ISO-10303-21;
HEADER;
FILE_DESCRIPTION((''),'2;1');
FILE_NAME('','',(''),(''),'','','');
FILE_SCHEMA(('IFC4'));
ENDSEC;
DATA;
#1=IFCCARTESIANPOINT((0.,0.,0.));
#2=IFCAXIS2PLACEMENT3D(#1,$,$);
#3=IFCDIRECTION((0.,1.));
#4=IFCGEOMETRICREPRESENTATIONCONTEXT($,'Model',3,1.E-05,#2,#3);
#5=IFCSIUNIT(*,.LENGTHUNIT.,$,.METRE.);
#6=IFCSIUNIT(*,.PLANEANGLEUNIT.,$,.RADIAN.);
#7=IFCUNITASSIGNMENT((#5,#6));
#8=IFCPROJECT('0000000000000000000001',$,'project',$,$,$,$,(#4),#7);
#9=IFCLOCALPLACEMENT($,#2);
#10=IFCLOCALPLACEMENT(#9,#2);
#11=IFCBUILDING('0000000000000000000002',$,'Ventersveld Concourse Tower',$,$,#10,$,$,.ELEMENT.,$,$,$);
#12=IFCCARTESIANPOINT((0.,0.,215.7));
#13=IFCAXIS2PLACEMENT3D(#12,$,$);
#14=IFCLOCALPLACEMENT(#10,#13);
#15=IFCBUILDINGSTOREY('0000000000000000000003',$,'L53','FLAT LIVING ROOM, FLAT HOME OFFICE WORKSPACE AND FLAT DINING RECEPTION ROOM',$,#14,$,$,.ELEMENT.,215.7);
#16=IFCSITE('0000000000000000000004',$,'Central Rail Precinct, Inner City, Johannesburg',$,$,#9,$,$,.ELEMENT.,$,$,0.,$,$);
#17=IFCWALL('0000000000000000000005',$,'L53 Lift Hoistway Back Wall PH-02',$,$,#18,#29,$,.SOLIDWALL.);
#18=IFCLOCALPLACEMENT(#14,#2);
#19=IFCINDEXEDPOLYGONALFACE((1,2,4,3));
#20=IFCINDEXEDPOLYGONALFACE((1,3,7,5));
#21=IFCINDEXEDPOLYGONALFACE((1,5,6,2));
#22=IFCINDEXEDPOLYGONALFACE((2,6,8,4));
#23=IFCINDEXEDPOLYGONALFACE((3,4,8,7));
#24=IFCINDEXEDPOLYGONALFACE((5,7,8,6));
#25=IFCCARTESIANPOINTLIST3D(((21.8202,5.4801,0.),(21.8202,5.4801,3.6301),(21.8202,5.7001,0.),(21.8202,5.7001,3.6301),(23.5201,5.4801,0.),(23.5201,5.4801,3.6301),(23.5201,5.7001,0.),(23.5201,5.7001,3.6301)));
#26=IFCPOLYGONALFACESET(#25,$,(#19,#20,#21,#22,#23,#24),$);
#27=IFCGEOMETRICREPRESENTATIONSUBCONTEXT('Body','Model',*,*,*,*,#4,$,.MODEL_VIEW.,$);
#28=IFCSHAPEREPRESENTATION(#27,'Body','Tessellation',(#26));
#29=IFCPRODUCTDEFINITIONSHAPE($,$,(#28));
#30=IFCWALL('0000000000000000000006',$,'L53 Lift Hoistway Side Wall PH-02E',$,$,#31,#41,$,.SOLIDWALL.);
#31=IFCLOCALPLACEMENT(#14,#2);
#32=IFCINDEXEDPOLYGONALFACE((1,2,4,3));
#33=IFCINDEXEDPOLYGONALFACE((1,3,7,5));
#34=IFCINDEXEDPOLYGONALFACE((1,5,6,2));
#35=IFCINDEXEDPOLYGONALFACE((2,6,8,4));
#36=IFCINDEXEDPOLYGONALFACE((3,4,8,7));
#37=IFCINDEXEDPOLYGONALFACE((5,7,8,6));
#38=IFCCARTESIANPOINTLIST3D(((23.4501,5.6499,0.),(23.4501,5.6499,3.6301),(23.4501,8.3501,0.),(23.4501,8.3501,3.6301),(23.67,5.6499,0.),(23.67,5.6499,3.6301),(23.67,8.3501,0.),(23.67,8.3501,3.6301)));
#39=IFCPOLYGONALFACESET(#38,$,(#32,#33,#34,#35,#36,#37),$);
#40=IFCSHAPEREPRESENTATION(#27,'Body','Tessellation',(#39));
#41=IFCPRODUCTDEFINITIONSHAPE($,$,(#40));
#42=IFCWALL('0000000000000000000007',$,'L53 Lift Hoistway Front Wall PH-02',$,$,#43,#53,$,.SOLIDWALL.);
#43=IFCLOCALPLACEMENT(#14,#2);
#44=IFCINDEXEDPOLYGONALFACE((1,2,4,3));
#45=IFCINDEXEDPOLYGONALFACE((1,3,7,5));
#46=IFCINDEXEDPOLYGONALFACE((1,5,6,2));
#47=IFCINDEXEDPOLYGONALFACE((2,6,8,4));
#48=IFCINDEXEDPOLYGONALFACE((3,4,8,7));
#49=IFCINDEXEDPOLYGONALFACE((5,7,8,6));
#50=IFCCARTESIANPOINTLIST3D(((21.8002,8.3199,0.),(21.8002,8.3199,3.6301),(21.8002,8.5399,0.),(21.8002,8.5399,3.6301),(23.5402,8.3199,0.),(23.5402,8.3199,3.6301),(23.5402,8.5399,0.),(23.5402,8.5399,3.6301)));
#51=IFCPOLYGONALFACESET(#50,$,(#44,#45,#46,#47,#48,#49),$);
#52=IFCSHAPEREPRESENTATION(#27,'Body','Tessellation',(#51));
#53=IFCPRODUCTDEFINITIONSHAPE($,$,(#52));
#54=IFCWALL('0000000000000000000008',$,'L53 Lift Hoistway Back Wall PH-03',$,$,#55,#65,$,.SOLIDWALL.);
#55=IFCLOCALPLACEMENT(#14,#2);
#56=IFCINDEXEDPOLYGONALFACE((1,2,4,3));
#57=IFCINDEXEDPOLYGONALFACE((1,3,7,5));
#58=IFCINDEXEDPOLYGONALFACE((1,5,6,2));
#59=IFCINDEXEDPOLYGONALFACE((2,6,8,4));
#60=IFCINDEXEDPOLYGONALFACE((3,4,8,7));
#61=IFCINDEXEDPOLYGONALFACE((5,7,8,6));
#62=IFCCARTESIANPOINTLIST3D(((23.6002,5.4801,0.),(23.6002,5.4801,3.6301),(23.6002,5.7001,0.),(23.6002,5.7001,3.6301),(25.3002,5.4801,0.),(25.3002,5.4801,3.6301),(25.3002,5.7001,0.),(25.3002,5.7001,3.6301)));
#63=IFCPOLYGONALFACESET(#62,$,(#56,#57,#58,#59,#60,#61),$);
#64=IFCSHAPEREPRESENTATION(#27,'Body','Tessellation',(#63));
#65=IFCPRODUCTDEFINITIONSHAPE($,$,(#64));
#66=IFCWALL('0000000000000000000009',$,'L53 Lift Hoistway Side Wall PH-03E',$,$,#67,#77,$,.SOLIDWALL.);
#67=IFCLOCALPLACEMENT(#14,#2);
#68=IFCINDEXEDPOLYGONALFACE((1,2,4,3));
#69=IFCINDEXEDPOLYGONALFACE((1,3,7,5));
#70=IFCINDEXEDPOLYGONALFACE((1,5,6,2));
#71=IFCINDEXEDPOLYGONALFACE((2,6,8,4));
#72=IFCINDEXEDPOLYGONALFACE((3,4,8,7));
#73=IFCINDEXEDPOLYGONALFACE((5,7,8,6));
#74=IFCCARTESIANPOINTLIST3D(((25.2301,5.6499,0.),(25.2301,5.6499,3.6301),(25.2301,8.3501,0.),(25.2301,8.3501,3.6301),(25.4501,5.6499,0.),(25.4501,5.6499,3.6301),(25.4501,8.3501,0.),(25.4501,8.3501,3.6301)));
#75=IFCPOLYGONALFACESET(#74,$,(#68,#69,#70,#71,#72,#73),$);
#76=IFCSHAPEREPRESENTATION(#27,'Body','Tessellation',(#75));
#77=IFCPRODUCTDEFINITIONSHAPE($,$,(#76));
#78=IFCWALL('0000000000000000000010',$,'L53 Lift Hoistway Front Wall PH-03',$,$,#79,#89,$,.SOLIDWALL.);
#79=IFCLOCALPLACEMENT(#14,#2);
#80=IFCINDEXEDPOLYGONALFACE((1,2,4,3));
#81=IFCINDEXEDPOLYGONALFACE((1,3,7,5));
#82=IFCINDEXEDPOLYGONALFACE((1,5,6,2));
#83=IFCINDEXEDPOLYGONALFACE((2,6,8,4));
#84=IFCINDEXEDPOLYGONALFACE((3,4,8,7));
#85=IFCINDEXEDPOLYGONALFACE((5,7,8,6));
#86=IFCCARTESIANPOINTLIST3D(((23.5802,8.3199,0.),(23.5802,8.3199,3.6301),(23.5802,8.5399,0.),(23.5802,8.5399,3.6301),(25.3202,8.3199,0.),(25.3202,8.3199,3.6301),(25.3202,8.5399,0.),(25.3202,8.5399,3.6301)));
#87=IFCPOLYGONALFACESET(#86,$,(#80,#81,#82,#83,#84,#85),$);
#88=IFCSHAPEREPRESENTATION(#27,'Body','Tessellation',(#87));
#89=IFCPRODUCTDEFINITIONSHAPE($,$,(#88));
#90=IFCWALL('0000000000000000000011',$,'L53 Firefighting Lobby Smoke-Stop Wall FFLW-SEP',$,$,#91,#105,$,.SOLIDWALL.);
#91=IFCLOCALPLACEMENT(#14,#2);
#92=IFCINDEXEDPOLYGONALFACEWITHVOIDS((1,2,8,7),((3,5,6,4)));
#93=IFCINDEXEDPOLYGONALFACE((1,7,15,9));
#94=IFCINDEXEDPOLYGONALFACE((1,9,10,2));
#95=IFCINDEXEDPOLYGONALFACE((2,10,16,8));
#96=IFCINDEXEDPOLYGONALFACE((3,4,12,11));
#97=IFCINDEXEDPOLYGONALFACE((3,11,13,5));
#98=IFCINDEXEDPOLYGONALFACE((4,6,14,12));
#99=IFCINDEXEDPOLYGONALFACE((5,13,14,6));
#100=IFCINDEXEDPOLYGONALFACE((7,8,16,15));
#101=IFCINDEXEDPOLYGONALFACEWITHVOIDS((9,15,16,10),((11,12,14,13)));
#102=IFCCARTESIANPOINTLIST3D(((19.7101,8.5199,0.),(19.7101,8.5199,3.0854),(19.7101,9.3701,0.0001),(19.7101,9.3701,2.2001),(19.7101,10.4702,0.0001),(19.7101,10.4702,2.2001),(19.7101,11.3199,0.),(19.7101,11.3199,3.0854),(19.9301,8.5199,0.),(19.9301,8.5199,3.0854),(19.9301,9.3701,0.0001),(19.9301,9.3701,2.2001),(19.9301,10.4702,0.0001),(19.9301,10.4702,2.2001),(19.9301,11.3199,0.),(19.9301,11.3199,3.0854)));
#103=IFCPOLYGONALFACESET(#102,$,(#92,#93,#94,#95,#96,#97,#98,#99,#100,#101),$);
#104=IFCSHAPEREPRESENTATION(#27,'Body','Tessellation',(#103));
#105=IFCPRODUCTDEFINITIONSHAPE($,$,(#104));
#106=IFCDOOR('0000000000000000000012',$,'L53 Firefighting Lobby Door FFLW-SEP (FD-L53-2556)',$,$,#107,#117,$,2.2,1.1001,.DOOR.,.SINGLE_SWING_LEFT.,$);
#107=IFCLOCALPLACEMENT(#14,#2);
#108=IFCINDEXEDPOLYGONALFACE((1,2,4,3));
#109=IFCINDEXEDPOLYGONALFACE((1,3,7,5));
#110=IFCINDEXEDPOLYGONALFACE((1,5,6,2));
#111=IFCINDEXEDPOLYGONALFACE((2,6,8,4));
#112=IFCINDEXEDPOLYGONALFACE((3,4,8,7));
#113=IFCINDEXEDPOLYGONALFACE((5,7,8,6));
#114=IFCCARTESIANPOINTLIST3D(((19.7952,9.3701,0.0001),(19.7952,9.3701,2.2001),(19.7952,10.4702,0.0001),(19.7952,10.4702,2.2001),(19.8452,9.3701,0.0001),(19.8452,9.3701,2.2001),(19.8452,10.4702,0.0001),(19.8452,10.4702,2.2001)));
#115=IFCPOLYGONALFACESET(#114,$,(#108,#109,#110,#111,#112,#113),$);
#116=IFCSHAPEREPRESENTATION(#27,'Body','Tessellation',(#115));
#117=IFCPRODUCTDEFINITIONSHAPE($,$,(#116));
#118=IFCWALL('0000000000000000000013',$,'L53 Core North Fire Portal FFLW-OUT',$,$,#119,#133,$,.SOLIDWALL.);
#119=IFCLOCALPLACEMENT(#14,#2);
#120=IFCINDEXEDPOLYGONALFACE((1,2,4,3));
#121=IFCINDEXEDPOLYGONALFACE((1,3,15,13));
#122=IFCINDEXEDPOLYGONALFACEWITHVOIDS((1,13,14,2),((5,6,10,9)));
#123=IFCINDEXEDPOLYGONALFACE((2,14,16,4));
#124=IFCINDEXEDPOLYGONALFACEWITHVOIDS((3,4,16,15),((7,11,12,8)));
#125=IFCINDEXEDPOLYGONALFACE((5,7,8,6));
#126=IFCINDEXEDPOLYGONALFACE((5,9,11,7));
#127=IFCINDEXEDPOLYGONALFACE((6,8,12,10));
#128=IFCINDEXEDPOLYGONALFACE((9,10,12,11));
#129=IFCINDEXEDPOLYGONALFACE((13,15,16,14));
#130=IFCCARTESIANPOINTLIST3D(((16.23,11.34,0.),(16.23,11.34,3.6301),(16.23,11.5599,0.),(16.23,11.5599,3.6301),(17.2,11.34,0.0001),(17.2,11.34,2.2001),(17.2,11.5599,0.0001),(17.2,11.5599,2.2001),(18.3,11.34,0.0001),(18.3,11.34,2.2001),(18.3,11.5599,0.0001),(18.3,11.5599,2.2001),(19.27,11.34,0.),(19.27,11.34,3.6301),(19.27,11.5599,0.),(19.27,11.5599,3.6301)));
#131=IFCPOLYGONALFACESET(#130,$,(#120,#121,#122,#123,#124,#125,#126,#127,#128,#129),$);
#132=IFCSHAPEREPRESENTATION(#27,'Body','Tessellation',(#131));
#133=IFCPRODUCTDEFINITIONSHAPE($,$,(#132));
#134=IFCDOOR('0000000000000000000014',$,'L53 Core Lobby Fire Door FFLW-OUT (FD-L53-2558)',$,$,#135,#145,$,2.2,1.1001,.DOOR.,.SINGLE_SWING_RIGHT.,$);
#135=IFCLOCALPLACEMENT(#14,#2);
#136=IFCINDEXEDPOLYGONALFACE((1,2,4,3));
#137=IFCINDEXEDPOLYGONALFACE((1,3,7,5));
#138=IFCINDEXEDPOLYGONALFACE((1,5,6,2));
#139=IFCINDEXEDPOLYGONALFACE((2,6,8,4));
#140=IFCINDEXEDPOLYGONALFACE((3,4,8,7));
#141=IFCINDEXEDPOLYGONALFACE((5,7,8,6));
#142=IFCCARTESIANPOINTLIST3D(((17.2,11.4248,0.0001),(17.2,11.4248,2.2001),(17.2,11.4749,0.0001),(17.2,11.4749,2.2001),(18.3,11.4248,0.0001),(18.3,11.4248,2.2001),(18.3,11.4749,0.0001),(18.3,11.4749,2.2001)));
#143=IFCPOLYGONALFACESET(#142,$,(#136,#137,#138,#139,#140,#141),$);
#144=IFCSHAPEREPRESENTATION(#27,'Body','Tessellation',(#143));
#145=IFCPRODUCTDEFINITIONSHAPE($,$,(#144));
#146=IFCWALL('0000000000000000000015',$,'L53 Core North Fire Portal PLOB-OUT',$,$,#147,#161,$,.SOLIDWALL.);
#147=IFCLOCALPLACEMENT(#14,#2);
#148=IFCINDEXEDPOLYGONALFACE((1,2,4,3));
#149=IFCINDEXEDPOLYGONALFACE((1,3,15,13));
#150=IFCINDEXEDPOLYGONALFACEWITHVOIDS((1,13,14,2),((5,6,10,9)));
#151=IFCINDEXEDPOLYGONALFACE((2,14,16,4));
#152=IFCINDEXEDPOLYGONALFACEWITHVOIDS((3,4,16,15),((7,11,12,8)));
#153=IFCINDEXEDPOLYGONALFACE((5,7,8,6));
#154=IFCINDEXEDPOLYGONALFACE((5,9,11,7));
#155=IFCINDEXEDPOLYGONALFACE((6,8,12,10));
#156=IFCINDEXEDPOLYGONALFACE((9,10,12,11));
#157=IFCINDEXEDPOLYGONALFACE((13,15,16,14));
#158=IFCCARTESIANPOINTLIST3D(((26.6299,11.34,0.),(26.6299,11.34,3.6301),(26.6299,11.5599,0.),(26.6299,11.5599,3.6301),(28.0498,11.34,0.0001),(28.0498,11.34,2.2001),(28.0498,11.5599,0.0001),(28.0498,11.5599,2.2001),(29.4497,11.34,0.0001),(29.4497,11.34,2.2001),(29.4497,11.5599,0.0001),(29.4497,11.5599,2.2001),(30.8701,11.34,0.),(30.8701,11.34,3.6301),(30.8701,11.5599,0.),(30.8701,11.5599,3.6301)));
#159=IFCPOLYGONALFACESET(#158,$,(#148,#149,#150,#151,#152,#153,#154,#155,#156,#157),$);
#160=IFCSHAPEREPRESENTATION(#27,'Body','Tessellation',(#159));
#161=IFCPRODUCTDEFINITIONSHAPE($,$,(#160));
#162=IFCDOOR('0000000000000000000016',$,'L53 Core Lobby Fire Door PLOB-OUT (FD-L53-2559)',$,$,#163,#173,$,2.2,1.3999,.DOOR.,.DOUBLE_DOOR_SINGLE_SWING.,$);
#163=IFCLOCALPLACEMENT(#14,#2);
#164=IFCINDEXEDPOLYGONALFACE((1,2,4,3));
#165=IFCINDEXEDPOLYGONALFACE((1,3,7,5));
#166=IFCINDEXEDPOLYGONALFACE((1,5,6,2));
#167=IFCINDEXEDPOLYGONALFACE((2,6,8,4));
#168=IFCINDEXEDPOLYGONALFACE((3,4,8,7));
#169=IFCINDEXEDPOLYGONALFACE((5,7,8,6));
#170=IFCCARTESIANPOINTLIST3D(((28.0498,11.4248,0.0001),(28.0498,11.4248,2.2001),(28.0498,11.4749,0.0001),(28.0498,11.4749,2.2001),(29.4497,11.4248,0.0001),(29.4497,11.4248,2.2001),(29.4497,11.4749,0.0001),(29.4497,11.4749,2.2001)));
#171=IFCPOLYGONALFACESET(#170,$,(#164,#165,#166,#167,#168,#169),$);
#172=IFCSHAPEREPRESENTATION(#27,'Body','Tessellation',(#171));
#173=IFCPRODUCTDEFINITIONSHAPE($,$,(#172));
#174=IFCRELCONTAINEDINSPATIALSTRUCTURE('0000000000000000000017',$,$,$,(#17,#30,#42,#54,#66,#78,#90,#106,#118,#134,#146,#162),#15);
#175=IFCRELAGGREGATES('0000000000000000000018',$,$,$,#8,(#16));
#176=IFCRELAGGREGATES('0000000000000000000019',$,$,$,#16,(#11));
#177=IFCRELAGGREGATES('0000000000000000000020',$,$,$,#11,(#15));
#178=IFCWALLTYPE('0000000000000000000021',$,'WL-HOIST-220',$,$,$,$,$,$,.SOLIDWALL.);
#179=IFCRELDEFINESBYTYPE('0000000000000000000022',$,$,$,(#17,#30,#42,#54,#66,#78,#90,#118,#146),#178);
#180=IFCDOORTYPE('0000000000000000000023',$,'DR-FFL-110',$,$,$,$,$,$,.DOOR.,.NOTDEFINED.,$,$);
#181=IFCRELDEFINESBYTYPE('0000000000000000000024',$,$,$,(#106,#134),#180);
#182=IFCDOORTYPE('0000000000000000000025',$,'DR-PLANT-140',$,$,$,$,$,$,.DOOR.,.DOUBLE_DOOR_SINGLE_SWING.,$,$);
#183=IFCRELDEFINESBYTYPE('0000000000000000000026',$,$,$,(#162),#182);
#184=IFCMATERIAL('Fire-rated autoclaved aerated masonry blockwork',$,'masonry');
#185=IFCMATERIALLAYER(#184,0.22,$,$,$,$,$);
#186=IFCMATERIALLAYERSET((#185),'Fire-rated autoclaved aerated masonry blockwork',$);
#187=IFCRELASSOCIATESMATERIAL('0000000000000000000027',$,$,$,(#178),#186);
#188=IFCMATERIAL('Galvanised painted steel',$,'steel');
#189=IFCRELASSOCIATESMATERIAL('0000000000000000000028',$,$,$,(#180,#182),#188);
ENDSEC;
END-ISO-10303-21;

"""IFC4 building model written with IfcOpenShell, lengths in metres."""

from ifc_helpers import new_model, si_unit, direction, frame, frame_2d, origin, place, context, subcontext, project, spatial, rectangle, extrude, material, layer, layer_set, type_object, element, fill, save


model = new_model("IFC4")

# Units and contexts
model_context = context("Model", 3, precision=1e-05, world=origin(), true_north=direction((0.0, 1.0)))
body_context = subcontext(model_context, "Body", "Model", "MODEL_VIEW")
ifc_project = project(units=[si_unit("LENGTHUNIT", "METRE"), si_unit("PLANEANGLEUNIT", "RADIAN")], contexts=[model_context])

# Site, building, storey
site_placement = place(None, origin())
site = spatial("IfcSite", under=ifc_project, at=site_placement, Name="Central Rail Precinct, Inner City, Johannesburg", CompositionType="ELEMENT", RefElevation=0.0)
building_placement = place(site_placement, origin())
building = spatial("IfcBuilding", under=site, at=building_placement, Name="Ventersveld Concourse Tower", CompositionType="ELEMENT")
storey_placement = place(building_placement, frame((0.0, 0.0, 215.7)))
storey = spatial("IfcBuildingStorey", under=building, at=storey_placement, Name="L53", Description="FLAT LIVING ROOM, FLAT HOME OFFICE WORKSPACE AND FLAT DINING RECEPTION ROOM", CompositionType="ELEMENT", Elevation=215.7)

# Shared definitions
ifc_material_1 = material(Name="Fire-rated autoclaved aerated masonry blockwork", Category="masonry")
ifc_layer_1 = layer(ifc_material_1, 0.22)
ifc_layer_set_1 = layer_set([ifc_layer_1], Name="Fire-rated autoclaved aerated masonry blockwork")
wall_type_1 = type_object("IfcWallType", Name="WL-HOIST-220", PredefinedType="SOLIDWALL", material=ifc_layer_set_1)

# Walls
wall_1_placement = place(storey_placement, frame((21.8201, 5.5901, 0.0), z_axis=(0.0, 0.0, 1.0), x_axis=(1.0, 0.0, 0.0)))
element("IfcWall", 1, at=wall_1_placement, inside=storey, type_object=wall_type_1, Name="L53 Lift Hoistway Back Wall PH-02", PredefinedType="SOLIDWALL", context=body_context, shape_type="SweptSolid", body=[
    extrude(rectangle(XDim=1.7, YDim=0.22, at=frame_2d((0.8501, 0.0))), origin(), (0.0, 0.0, 1.0), 3.6301),
])
wall_2_placement = place(storey_placement, frame((23.5601, 5.6499, 0.0), z_axis=(0.0, 0.0, 1.0), x_axis=(0.0, 1.0, 0.0)))
element("IfcWall", 2, at=wall_2_placement, inside=storey, type_object=wall_type_1, Name="L53 Lift Hoistway Side Wall PH-02E", PredefinedType="SOLIDWALL", context=body_context, shape_type="SweptSolid", body=[
    extrude(rectangle(XDim=2.7002, YDim=0.22, at=frame_2d((1.3501, 0.0))), origin(), (0.0, 0.0, 1.0), 3.6301),
])
wall_3_placement = place(storey_placement, frame((21.8, 8.4299, 0.0), z_axis=(0.0, 0.0, 1.0), x_axis=(1.0, 0.0, 0.0)))
element("IfcWall", 3, at=wall_3_placement, inside=storey, type_object=wall_type_1, Name="L53 Lift Hoistway Front Wall PH-02", PredefinedType="SOLIDWALL", context=body_context, shape_type="SweptSolid", body=[
    extrude(rectangle(XDim=1.74, YDim=0.22, at=frame_2d((0.8701, 0.0))), origin(), (0.0, 0.0, 1.0), 3.6301),
])
wall_4_placement = place(storey_placement, frame((23.6001, 5.5901, 0.0), z_axis=(0.0, 0.0, 1.0), x_axis=(1.0, 0.0, 0.0)))
element("IfcWall", 4, at=wall_4_placement, inside=storey, type_object=wall_type_1, Name="L53 Lift Hoistway Back Wall PH-03", PredefinedType="SOLIDWALL", context=body_context, shape_type="SweptSolid", body=[
    extrude(rectangle(XDim=1.7, YDim=0.22, at=frame_2d((0.8501, 0.0))), origin(), (0.0, 0.0, 1.0), 3.6301),
])
wall_5_placement = place(storey_placement, frame((25.3401, 5.6499, 0.0), z_axis=(0.0, 0.0, 1.0), x_axis=(0.0, 1.0, 0.0)))
element("IfcWall", 5, at=wall_5_placement, inside=storey, type_object=wall_type_1, Name="L53 Lift Hoistway Side Wall PH-03E", PredefinedType="SOLIDWALL", context=body_context, shape_type="SweptSolid", body=[
    extrude(rectangle(XDim=2.7002, YDim=0.22, at=frame_2d((1.3501, 0.0))), origin(), (0.0, 0.0, 1.0), 3.6301),
])
wall_6_placement = place(storey_placement, frame((23.5801, 8.4299, 0.0), z_axis=(0.0, 0.0, 1.0), x_axis=(1.0, 0.0, 0.0)))
element("IfcWall", 6, at=wall_6_placement, inside=storey, type_object=wall_type_1, Name="L53 Lift Hoistway Front Wall PH-03", PredefinedType="SOLIDWALL", context=body_context, shape_type="SweptSolid", body=[
    extrude(rectangle(XDim=1.74, YDim=0.22, at=frame_2d((0.8701, 0.0))), origin(), (0.0, 0.0, 1.0), 3.6301),
])

# Walls, openings, doors
wall_7_placement = place(storey_placement, frame((19.8201, 8.52, 0.0), z_axis=(0.0, 0.0, 1.0), x_axis=(0.0, 1.0, 0.0)))
wall_7 = element("IfcWall", 7, at=wall_7_placement, inside=storey, type_object=wall_type_1, Name="L53 Firefighting Lobby Smoke-Stop Wall FFLW-SEP", PredefinedType="SOLIDWALL", context=body_context, shape_type="SweptSolid", body=[
    extrude(rectangle(XDim=2.8, YDim=0.22, at=frame_2d((1.3999, 0.0))), origin(), (0.0, 0.0, 1.0), 3.0854),
])
opening_1_placement = place(wall_7_placement, frame((0.8501, 0.0, 0.0)))
opening_1 = element("IfcOpeningElement", 8, at=opening_1_placement, cuts=wall_7, PredefinedType="OPENING", context=body_context, shape_type="SweptSolid", body=[
    extrude(rectangle(XDim=1.1001, YDim=2.2, at=frame_2d((0.55, 1.1001))), frame((0.0, 0.1201, 0.0), z_axis=(0.0, -1.0, 0.0), x_axis=(1.0, 0.0, 0.0)), (0.0, 0.0, 1.0), 0.24),
])
ifc_material_2 = material(Name="Galvanised painted steel", Category="steel")
door_type_1 = type_object("IfcDoorType", Name="DR-FFL-110", OperationType="NOTDEFINED", PredefinedType="DOOR", material=ifc_material_2)
door_1_placement = place(opening_1_placement, origin())
door_1 = element("IfcDoor", 9, at=door_1_placement, inside=storey, type_object=door_type_1, Name="L53 Firefighting Lobby Door FFLW-SEP (FD-L53-2556)", OperationType="SINGLE_SWING_LEFT", OverallHeight=2.2, OverallWidth=1.1001, PredefinedType="DOOR", context=body_context, shape_type="SweptSolid", body=[
    extrude(rectangle(XDim=1.1001, YDim=2.2, at=frame_2d((0.55, 1.1001))), frame((0.0, 0.0249, 0.0), z_axis=(0.0, -1.0, 0.0), x_axis=(1.0, 0.0, 0.0)), (0.0, 0.0, 1.0), 0.05),
])
fill(opening_1, door_1)
wall_8_placement = place(storey_placement, frame((16.23, 11.45, 0.0), z_axis=(0.0, 0.0, 1.0), x_axis=(1.0, 0.0, 0.0)))
wall_8 = element("IfcWall", 10, at=wall_8_placement, inside=storey, type_object=wall_type_1, Name="L53 Core North Fire Portal FFLW-OUT", PredefinedType="SOLIDWALL", context=body_context, shape_type="SweptSolid", body=[
    extrude(rectangle(XDim=3.04, YDim=0.22, at=frame_2d((1.52, 0.0))), origin(), (0.0, 0.0, 1.0), 3.6301),
])
opening_2_placement = place(wall_8_placement, frame((0.97, 0.0, 0.0)))
opening_2 = element("IfcOpeningElement", 11, at=opening_2_placement, cuts=wall_8, PredefinedType="OPENING", context=body_context, shape_type="SweptSolid", body=[
    extrude(rectangle(XDim=1.1001, YDim=2.2, at=frame_2d((0.55, 1.1001))), frame((0.0, 0.1201, 0.0), z_axis=(0.0, -1.0, 0.0), x_axis=(1.0, 0.0, 0.0)), (0.0, 0.0, 1.0), 0.24),
])
door_2_placement = place(opening_2_placement, origin())
door_2 = element("IfcDoor", 12, at=door_2_placement, inside=storey, type_object=door_type_1, Name="L53 Core Lobby Fire Door FFLW-OUT (FD-L53-2558)", OperationType="SINGLE_SWING_RIGHT", OverallHeight=2.2, OverallWidth=1.1001, PredefinedType="DOOR", context=body_context, shape_type="SweptSolid", body=[
    extrude(rectangle(XDim=1.1001, YDim=2.2, at=frame_2d((0.55, 1.1001))), frame((0.0, 0.0249, 0.0), z_axis=(0.0, -1.0, 0.0), x_axis=(1.0, 0.0, 0.0)), (0.0, 0.0, 1.0), 0.05),
])
fill(opening_2, door_2)
wall_9_placement = place(storey_placement, frame((26.6299, 11.45, 0.0), z_axis=(0.0, 0.0, 1.0), x_axis=(1.0, 0.0, 0.0)))
wall_9 = element("IfcWall", 13, at=wall_9_placement, inside=storey, type_object=wall_type_1, Name="L53 Core North Fire Portal PLOB-OUT", PredefinedType="SOLIDWALL", context=body_context, shape_type="SweptSolid", body=[
    extrude(rectangle(XDim=4.2402, YDim=0.22, at=frame_2d((2.1201, 0.0))), origin(), (0.0, 0.0, 1.0), 3.6301),
])
opening_3_placement = place(wall_9_placement, frame((1.4199, 0.0, 0.0)))
opening_3 = element("IfcOpeningElement", 14, at=opening_3_placement, cuts=wall_9, PredefinedType="OPENING", context=body_context, shape_type="SweptSolid", body=[
    extrude(rectangle(XDim=1.3999, YDim=2.2, at=frame_2d((0.7, 1.1001))), frame((0.0, 0.1201, 0.0), z_axis=(0.0, -1.0, 0.0), x_axis=(1.0, 0.0, 0.0)), (0.0, 0.0, 1.0), 0.24),
])
door_type_2 = type_object("IfcDoorType", Name="DR-PLANT-140", OperationType="DOUBLE_DOOR_SINGLE_SWING", PredefinedType="DOOR", material=ifc_material_2)
door_3_placement = place(opening_3_placement, origin())
door_3 = element("IfcDoor", 15, at=door_3_placement, inside=storey, type_object=door_type_2, Name="L53 Core Lobby Fire Door PLOB-OUT (FD-L53-2559)", OperationType="DOUBLE_DOOR_SINGLE_SWING", OverallHeight=2.2, OverallWidth=1.3999, PredefinedType="DOOR", context=body_context, shape_type="SweptSolid", body=[
    extrude(rectangle(XDim=1.3999, YDim=2.2, at=frame_2d((0.7, 1.1001))), frame((0.0, 0.0249, 0.0), z_axis=(0.0, -1.0, 0.0), x_axis=(1.0, 0.0, 0.0)), (0.0, 0.0, 1.0), 0.05),
])
fill(opening_3, door_3)

save(model, "model.ifc")
